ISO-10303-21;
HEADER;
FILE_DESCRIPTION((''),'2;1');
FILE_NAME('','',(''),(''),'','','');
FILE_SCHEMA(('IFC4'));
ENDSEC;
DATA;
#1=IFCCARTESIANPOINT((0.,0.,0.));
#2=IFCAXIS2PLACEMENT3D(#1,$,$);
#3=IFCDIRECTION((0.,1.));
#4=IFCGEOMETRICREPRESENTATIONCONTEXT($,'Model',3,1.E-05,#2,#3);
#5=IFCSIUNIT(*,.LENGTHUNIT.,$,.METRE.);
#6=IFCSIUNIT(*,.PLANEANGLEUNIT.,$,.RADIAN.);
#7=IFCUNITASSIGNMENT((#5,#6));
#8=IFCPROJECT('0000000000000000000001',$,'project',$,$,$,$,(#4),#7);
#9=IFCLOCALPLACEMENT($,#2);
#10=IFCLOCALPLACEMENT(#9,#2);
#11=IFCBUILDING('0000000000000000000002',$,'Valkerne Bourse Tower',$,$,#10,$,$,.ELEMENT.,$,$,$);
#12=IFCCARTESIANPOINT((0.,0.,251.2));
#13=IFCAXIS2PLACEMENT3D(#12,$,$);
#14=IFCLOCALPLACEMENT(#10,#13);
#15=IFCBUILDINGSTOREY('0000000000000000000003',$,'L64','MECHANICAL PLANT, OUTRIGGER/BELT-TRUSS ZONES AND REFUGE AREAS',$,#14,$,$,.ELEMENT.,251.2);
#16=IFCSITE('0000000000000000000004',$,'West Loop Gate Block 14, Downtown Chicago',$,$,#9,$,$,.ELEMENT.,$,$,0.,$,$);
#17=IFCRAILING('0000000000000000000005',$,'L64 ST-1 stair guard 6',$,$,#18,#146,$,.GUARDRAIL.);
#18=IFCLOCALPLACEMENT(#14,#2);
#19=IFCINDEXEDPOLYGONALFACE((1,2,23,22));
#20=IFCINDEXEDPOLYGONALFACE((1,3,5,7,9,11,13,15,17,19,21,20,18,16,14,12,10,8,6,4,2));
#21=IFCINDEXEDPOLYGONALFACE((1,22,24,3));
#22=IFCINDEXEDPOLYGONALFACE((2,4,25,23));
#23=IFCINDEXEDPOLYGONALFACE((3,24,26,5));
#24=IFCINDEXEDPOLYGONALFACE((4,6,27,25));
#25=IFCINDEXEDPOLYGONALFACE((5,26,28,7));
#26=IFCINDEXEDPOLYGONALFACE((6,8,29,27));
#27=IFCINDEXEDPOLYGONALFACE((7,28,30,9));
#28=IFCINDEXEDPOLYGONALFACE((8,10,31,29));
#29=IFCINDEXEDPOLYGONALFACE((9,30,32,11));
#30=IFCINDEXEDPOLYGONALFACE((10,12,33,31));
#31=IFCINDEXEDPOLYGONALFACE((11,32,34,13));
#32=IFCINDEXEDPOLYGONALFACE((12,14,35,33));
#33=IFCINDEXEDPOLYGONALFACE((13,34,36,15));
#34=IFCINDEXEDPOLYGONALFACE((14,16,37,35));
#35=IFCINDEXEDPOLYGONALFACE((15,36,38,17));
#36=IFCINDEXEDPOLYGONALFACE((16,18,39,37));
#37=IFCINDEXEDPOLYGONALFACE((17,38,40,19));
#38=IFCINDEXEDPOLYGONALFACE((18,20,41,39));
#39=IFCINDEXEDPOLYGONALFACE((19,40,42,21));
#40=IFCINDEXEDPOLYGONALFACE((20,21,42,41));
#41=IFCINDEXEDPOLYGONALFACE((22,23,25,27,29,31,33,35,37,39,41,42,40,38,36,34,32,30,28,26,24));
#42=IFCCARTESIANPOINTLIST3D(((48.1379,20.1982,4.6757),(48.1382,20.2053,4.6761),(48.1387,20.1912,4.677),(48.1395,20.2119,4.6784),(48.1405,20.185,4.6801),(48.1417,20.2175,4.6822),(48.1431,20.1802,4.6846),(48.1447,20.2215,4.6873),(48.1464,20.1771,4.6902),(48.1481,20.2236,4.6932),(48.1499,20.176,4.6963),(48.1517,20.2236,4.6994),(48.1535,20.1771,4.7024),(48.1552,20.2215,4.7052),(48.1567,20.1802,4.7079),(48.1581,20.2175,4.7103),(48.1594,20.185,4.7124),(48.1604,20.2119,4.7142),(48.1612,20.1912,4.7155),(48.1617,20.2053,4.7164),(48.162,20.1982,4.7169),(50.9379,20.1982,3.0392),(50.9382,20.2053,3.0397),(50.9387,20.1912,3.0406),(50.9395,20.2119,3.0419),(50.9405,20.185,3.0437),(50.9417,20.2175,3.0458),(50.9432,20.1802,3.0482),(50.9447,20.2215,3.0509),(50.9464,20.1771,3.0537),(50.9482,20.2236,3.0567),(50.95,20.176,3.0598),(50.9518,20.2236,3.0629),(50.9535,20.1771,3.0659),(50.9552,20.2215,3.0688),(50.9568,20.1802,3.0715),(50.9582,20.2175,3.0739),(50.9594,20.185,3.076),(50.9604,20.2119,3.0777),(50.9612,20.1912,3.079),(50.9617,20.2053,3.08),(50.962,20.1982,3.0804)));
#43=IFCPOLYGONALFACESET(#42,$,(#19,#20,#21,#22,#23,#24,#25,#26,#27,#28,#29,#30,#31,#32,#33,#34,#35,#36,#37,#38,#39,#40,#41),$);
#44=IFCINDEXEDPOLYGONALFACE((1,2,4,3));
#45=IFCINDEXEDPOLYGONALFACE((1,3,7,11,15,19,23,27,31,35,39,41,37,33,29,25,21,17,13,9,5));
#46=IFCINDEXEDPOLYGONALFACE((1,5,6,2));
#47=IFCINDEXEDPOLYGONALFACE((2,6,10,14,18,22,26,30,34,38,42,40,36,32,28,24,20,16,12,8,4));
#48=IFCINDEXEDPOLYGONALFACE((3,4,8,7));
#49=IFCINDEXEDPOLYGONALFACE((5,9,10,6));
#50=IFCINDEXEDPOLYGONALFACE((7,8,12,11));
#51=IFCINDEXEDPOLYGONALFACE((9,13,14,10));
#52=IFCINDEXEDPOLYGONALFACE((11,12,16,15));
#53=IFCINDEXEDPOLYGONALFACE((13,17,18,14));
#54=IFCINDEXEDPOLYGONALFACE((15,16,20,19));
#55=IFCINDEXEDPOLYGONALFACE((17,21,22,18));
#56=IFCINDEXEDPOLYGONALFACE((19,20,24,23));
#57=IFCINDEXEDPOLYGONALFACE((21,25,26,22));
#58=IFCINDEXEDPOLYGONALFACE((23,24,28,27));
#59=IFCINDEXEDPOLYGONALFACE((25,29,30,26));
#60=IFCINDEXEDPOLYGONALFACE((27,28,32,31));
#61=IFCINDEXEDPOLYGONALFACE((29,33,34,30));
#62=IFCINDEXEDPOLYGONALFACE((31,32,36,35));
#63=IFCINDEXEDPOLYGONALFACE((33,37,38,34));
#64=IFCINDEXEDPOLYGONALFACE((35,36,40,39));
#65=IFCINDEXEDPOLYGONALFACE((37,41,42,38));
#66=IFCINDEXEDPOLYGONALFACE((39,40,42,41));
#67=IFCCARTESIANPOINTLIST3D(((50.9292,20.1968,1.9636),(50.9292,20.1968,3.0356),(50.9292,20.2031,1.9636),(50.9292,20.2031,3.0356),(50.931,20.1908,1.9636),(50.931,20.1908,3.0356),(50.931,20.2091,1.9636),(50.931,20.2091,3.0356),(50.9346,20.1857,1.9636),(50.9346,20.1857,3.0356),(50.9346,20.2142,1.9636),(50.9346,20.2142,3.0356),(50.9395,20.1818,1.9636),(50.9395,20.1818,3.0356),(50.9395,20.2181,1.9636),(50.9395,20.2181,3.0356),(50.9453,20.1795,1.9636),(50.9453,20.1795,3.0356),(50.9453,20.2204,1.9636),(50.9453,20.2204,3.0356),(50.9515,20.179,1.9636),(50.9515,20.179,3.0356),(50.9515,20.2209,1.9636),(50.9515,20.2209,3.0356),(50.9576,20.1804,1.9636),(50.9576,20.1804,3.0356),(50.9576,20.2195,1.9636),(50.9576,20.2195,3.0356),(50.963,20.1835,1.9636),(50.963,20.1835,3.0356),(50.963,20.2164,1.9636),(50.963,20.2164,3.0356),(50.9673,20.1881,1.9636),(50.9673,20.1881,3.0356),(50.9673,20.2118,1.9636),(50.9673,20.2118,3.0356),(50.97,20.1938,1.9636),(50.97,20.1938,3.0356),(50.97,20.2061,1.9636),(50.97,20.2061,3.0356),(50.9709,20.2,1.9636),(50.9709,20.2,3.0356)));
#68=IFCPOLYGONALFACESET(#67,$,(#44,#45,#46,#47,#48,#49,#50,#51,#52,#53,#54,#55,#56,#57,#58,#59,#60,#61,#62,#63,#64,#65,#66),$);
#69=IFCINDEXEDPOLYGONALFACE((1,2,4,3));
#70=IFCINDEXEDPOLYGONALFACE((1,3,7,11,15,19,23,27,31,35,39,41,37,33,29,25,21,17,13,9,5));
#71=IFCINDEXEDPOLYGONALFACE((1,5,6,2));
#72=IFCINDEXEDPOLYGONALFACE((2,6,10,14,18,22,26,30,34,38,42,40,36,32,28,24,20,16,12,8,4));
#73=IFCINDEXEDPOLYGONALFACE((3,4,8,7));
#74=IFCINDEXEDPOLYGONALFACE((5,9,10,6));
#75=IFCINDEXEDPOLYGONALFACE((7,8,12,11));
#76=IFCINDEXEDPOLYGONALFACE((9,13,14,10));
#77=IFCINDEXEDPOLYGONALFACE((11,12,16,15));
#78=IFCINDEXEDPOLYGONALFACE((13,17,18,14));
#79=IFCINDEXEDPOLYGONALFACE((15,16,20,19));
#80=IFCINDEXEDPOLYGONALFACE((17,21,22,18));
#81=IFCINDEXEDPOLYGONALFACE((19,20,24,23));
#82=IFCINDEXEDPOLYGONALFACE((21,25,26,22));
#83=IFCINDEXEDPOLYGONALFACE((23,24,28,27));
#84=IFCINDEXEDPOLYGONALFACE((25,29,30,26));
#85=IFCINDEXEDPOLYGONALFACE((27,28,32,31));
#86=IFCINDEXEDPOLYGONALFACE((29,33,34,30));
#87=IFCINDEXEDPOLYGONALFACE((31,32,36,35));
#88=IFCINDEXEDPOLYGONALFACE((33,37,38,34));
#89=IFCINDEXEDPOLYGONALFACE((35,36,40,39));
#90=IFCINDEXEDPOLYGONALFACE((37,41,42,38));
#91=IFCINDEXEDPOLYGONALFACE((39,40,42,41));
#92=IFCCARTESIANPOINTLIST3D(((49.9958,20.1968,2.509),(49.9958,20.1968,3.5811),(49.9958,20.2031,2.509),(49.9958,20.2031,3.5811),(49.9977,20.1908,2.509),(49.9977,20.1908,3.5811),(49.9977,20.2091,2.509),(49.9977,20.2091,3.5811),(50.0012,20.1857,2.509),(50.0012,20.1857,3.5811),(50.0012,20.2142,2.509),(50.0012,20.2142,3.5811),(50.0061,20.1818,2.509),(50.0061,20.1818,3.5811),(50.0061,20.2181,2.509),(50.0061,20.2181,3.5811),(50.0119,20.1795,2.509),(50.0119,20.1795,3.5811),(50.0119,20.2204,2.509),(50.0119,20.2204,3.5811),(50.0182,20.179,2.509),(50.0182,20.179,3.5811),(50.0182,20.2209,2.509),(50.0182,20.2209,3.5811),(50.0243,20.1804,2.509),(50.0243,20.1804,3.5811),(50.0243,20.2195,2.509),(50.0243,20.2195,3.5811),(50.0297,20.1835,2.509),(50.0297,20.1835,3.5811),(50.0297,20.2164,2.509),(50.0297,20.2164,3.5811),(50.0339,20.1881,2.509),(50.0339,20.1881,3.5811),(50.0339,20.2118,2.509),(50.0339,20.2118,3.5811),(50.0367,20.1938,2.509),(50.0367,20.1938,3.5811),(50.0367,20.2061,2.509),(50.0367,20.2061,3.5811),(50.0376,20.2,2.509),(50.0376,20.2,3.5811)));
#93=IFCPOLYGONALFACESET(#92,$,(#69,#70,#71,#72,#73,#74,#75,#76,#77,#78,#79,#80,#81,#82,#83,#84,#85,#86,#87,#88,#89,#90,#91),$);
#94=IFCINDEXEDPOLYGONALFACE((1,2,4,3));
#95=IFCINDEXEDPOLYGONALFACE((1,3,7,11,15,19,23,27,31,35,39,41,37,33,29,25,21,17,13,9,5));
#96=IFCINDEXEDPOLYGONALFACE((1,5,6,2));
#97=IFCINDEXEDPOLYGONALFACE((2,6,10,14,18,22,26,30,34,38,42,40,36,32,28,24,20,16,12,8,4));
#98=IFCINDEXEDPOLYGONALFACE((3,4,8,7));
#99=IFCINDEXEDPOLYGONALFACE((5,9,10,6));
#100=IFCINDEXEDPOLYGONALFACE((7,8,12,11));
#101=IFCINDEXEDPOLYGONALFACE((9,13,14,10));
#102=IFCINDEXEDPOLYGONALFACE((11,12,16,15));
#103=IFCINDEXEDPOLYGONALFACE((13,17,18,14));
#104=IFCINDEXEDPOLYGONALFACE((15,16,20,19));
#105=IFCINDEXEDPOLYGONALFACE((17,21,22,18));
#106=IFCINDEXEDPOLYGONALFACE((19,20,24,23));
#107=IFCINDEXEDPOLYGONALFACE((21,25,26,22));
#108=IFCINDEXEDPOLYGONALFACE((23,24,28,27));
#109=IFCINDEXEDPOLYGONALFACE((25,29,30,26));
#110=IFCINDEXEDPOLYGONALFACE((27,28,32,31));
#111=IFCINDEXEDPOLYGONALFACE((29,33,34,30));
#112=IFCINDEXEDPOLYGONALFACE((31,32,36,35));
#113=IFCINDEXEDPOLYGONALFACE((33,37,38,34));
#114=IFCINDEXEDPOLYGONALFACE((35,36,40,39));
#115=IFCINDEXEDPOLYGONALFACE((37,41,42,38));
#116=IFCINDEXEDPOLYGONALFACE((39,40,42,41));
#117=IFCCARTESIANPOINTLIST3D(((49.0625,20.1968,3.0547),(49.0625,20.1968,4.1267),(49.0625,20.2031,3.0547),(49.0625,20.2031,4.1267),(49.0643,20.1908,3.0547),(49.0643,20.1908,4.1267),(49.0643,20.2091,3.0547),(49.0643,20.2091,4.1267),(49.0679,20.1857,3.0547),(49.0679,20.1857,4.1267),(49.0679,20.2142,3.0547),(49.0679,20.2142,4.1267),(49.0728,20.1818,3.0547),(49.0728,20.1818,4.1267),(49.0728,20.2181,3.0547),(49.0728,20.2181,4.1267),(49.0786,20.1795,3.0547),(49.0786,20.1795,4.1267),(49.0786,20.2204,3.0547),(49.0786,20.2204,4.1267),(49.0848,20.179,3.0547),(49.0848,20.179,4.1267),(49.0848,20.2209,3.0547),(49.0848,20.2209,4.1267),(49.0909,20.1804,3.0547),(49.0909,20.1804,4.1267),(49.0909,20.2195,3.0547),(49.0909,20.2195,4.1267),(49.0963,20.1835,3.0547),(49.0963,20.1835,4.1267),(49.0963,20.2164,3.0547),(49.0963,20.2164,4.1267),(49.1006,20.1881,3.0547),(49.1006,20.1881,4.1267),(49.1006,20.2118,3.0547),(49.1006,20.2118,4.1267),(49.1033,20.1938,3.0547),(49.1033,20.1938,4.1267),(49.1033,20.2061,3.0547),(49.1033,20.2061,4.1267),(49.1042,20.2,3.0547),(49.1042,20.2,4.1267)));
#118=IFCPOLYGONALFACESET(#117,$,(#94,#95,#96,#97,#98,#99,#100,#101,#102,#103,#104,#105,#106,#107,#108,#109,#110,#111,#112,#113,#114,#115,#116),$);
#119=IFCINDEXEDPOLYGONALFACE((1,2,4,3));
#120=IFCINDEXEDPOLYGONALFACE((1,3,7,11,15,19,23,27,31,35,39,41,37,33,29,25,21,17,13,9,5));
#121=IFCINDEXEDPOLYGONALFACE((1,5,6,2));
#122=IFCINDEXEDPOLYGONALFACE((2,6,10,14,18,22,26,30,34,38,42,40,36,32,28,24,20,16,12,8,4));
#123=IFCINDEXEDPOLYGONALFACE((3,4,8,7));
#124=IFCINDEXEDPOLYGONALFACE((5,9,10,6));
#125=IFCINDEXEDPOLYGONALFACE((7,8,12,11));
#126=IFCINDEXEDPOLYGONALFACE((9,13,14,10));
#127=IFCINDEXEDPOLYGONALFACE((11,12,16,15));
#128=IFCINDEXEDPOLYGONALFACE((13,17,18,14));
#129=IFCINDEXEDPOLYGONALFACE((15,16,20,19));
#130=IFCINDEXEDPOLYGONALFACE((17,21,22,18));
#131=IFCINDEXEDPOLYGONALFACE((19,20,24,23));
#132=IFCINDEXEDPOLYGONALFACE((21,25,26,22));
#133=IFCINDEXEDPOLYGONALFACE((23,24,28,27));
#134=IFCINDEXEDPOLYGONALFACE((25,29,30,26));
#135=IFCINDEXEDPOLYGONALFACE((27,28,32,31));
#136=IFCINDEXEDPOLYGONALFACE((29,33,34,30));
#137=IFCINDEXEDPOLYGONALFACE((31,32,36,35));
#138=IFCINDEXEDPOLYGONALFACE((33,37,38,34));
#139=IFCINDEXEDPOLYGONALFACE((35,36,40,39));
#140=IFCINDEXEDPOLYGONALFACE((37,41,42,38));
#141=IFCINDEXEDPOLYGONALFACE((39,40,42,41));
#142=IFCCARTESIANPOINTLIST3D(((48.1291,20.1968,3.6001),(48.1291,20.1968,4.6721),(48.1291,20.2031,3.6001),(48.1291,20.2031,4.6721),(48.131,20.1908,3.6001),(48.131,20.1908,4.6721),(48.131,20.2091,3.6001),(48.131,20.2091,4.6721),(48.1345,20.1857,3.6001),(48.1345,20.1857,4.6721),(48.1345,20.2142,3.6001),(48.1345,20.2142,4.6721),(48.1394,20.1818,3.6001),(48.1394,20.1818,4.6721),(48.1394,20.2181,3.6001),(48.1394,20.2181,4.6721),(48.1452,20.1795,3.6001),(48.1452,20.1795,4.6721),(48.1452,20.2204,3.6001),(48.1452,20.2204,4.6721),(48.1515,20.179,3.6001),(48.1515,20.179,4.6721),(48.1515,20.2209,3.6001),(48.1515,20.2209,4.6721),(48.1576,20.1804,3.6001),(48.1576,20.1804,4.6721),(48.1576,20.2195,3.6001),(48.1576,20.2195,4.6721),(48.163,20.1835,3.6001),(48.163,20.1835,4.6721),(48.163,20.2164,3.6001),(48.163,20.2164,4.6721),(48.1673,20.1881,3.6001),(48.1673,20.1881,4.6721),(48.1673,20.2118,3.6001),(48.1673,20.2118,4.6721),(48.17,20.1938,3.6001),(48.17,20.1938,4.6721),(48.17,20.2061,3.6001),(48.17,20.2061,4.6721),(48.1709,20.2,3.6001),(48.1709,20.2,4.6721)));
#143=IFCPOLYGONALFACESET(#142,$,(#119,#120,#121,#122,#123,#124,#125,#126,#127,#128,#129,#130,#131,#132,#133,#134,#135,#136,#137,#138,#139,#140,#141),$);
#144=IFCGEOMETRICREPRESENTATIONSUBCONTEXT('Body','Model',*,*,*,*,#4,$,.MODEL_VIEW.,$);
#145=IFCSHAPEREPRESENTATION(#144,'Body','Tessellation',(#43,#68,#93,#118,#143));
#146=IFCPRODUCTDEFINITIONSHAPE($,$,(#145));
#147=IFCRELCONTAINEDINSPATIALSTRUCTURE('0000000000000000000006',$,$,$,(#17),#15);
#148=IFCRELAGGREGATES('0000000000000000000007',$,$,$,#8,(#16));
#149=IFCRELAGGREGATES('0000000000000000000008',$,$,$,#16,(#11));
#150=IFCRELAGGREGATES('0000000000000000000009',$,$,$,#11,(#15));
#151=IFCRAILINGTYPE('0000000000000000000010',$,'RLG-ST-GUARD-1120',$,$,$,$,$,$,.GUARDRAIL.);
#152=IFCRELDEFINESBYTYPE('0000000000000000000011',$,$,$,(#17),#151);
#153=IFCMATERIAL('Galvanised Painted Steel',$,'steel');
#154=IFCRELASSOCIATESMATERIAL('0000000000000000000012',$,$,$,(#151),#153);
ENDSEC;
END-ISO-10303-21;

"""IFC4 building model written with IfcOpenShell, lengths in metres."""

from ifc_helpers import new_model, si_unit, direction, frame, origin, origin_2d, place, context, subcontext, project, spatial, circle, extrude, material, type_object, element, save


model = new_model("IFC4")

# Units and contexts
model_context = context("Model", 3, precision=1e-05, world=origin(), true_north=direction((0.0, 1.0)))
body_context = subcontext(model_context, "Body", "Model", "MODEL_VIEW")
ifc_project = project(units=[si_unit("LENGTHUNIT", "METRE"), si_unit("PLANEANGLEUNIT", "RADIAN")], contexts=[model_context])

# Site, building, storey
site_placement = place(None, origin())
site = spatial("IfcSite", under=ifc_project, at=site_placement, Name="West Loop Gate Block 14, Downtown Chicago", CompositionType="ELEMENT", RefElevation=0.0)
building_placement = place(site_placement, origin())
building = spatial("IfcBuilding", under=site, at=building_placement, Name="Valkerne Bourse Tower", CompositionType="ELEMENT")
storey_placement = place(building_placement, frame((0.0, 0.0, 251.2)))
storey = spatial("IfcBuildingStorey", under=building, at=storey_placement, Name="L64", Description="MECHANICAL PLANT, OUTRIGGER/BELT-TRUSS ZONES AND REFUGE AREAS", CompositionType="ELEMENT", Elevation=251.2)

# Shared definitions
ifc_material_1 = material(Name="Galvanised Painted Steel", Category="steel")

# Railing
railing_type_1 = type_object("IfcRailingType", Name="RLG-ST-GUARD-1120", PredefinedType="GUARDRAIL", material=ifc_material_1)
railing_1_placement = place(storey_placement, frame((50.95, 20.2, 1.9636)))
element("IfcRailing", 1, at=railing_1_placement, inside=storey, type_object=railing_type_1, Name="L64 ST-1 stair guard 6", PredefinedType="GUARDRAIL", context=body_context, shape_type="SweptSolid", body=[
    extrude(circle(Radius=0.0239, at=origin_2d()), frame((0.0, 0.0, 1.0962), z_axis=(-0.863361, 0.0, 0.504587), x_axis=(0.0, -1.0, 0.0)), (0.0, 0.0, 1.0), 3.2432),
    extrude(circle(Radius=0.021, at=origin_2d()), origin(), (0.0, 0.0, 1.0), 1.072),
    extrude(circle(Radius=0.021, at=origin_2d()), frame((-0.9333, 0.0, 0.5454)), (0.0, 0.0, 1.0), 1.072),
    extrude(circle(Radius=0.021, at=origin_2d()), frame((-1.8667, 0.0, 1.0911)), (0.0, 0.0, 1.0), 1.072),
    extrude(circle(Radius=0.021, at=origin_2d()), frame((-2.8, 0.0, 1.6365)), (0.0, 0.0, 1.0), 1.072),
])

save(model, "model.ifc")
